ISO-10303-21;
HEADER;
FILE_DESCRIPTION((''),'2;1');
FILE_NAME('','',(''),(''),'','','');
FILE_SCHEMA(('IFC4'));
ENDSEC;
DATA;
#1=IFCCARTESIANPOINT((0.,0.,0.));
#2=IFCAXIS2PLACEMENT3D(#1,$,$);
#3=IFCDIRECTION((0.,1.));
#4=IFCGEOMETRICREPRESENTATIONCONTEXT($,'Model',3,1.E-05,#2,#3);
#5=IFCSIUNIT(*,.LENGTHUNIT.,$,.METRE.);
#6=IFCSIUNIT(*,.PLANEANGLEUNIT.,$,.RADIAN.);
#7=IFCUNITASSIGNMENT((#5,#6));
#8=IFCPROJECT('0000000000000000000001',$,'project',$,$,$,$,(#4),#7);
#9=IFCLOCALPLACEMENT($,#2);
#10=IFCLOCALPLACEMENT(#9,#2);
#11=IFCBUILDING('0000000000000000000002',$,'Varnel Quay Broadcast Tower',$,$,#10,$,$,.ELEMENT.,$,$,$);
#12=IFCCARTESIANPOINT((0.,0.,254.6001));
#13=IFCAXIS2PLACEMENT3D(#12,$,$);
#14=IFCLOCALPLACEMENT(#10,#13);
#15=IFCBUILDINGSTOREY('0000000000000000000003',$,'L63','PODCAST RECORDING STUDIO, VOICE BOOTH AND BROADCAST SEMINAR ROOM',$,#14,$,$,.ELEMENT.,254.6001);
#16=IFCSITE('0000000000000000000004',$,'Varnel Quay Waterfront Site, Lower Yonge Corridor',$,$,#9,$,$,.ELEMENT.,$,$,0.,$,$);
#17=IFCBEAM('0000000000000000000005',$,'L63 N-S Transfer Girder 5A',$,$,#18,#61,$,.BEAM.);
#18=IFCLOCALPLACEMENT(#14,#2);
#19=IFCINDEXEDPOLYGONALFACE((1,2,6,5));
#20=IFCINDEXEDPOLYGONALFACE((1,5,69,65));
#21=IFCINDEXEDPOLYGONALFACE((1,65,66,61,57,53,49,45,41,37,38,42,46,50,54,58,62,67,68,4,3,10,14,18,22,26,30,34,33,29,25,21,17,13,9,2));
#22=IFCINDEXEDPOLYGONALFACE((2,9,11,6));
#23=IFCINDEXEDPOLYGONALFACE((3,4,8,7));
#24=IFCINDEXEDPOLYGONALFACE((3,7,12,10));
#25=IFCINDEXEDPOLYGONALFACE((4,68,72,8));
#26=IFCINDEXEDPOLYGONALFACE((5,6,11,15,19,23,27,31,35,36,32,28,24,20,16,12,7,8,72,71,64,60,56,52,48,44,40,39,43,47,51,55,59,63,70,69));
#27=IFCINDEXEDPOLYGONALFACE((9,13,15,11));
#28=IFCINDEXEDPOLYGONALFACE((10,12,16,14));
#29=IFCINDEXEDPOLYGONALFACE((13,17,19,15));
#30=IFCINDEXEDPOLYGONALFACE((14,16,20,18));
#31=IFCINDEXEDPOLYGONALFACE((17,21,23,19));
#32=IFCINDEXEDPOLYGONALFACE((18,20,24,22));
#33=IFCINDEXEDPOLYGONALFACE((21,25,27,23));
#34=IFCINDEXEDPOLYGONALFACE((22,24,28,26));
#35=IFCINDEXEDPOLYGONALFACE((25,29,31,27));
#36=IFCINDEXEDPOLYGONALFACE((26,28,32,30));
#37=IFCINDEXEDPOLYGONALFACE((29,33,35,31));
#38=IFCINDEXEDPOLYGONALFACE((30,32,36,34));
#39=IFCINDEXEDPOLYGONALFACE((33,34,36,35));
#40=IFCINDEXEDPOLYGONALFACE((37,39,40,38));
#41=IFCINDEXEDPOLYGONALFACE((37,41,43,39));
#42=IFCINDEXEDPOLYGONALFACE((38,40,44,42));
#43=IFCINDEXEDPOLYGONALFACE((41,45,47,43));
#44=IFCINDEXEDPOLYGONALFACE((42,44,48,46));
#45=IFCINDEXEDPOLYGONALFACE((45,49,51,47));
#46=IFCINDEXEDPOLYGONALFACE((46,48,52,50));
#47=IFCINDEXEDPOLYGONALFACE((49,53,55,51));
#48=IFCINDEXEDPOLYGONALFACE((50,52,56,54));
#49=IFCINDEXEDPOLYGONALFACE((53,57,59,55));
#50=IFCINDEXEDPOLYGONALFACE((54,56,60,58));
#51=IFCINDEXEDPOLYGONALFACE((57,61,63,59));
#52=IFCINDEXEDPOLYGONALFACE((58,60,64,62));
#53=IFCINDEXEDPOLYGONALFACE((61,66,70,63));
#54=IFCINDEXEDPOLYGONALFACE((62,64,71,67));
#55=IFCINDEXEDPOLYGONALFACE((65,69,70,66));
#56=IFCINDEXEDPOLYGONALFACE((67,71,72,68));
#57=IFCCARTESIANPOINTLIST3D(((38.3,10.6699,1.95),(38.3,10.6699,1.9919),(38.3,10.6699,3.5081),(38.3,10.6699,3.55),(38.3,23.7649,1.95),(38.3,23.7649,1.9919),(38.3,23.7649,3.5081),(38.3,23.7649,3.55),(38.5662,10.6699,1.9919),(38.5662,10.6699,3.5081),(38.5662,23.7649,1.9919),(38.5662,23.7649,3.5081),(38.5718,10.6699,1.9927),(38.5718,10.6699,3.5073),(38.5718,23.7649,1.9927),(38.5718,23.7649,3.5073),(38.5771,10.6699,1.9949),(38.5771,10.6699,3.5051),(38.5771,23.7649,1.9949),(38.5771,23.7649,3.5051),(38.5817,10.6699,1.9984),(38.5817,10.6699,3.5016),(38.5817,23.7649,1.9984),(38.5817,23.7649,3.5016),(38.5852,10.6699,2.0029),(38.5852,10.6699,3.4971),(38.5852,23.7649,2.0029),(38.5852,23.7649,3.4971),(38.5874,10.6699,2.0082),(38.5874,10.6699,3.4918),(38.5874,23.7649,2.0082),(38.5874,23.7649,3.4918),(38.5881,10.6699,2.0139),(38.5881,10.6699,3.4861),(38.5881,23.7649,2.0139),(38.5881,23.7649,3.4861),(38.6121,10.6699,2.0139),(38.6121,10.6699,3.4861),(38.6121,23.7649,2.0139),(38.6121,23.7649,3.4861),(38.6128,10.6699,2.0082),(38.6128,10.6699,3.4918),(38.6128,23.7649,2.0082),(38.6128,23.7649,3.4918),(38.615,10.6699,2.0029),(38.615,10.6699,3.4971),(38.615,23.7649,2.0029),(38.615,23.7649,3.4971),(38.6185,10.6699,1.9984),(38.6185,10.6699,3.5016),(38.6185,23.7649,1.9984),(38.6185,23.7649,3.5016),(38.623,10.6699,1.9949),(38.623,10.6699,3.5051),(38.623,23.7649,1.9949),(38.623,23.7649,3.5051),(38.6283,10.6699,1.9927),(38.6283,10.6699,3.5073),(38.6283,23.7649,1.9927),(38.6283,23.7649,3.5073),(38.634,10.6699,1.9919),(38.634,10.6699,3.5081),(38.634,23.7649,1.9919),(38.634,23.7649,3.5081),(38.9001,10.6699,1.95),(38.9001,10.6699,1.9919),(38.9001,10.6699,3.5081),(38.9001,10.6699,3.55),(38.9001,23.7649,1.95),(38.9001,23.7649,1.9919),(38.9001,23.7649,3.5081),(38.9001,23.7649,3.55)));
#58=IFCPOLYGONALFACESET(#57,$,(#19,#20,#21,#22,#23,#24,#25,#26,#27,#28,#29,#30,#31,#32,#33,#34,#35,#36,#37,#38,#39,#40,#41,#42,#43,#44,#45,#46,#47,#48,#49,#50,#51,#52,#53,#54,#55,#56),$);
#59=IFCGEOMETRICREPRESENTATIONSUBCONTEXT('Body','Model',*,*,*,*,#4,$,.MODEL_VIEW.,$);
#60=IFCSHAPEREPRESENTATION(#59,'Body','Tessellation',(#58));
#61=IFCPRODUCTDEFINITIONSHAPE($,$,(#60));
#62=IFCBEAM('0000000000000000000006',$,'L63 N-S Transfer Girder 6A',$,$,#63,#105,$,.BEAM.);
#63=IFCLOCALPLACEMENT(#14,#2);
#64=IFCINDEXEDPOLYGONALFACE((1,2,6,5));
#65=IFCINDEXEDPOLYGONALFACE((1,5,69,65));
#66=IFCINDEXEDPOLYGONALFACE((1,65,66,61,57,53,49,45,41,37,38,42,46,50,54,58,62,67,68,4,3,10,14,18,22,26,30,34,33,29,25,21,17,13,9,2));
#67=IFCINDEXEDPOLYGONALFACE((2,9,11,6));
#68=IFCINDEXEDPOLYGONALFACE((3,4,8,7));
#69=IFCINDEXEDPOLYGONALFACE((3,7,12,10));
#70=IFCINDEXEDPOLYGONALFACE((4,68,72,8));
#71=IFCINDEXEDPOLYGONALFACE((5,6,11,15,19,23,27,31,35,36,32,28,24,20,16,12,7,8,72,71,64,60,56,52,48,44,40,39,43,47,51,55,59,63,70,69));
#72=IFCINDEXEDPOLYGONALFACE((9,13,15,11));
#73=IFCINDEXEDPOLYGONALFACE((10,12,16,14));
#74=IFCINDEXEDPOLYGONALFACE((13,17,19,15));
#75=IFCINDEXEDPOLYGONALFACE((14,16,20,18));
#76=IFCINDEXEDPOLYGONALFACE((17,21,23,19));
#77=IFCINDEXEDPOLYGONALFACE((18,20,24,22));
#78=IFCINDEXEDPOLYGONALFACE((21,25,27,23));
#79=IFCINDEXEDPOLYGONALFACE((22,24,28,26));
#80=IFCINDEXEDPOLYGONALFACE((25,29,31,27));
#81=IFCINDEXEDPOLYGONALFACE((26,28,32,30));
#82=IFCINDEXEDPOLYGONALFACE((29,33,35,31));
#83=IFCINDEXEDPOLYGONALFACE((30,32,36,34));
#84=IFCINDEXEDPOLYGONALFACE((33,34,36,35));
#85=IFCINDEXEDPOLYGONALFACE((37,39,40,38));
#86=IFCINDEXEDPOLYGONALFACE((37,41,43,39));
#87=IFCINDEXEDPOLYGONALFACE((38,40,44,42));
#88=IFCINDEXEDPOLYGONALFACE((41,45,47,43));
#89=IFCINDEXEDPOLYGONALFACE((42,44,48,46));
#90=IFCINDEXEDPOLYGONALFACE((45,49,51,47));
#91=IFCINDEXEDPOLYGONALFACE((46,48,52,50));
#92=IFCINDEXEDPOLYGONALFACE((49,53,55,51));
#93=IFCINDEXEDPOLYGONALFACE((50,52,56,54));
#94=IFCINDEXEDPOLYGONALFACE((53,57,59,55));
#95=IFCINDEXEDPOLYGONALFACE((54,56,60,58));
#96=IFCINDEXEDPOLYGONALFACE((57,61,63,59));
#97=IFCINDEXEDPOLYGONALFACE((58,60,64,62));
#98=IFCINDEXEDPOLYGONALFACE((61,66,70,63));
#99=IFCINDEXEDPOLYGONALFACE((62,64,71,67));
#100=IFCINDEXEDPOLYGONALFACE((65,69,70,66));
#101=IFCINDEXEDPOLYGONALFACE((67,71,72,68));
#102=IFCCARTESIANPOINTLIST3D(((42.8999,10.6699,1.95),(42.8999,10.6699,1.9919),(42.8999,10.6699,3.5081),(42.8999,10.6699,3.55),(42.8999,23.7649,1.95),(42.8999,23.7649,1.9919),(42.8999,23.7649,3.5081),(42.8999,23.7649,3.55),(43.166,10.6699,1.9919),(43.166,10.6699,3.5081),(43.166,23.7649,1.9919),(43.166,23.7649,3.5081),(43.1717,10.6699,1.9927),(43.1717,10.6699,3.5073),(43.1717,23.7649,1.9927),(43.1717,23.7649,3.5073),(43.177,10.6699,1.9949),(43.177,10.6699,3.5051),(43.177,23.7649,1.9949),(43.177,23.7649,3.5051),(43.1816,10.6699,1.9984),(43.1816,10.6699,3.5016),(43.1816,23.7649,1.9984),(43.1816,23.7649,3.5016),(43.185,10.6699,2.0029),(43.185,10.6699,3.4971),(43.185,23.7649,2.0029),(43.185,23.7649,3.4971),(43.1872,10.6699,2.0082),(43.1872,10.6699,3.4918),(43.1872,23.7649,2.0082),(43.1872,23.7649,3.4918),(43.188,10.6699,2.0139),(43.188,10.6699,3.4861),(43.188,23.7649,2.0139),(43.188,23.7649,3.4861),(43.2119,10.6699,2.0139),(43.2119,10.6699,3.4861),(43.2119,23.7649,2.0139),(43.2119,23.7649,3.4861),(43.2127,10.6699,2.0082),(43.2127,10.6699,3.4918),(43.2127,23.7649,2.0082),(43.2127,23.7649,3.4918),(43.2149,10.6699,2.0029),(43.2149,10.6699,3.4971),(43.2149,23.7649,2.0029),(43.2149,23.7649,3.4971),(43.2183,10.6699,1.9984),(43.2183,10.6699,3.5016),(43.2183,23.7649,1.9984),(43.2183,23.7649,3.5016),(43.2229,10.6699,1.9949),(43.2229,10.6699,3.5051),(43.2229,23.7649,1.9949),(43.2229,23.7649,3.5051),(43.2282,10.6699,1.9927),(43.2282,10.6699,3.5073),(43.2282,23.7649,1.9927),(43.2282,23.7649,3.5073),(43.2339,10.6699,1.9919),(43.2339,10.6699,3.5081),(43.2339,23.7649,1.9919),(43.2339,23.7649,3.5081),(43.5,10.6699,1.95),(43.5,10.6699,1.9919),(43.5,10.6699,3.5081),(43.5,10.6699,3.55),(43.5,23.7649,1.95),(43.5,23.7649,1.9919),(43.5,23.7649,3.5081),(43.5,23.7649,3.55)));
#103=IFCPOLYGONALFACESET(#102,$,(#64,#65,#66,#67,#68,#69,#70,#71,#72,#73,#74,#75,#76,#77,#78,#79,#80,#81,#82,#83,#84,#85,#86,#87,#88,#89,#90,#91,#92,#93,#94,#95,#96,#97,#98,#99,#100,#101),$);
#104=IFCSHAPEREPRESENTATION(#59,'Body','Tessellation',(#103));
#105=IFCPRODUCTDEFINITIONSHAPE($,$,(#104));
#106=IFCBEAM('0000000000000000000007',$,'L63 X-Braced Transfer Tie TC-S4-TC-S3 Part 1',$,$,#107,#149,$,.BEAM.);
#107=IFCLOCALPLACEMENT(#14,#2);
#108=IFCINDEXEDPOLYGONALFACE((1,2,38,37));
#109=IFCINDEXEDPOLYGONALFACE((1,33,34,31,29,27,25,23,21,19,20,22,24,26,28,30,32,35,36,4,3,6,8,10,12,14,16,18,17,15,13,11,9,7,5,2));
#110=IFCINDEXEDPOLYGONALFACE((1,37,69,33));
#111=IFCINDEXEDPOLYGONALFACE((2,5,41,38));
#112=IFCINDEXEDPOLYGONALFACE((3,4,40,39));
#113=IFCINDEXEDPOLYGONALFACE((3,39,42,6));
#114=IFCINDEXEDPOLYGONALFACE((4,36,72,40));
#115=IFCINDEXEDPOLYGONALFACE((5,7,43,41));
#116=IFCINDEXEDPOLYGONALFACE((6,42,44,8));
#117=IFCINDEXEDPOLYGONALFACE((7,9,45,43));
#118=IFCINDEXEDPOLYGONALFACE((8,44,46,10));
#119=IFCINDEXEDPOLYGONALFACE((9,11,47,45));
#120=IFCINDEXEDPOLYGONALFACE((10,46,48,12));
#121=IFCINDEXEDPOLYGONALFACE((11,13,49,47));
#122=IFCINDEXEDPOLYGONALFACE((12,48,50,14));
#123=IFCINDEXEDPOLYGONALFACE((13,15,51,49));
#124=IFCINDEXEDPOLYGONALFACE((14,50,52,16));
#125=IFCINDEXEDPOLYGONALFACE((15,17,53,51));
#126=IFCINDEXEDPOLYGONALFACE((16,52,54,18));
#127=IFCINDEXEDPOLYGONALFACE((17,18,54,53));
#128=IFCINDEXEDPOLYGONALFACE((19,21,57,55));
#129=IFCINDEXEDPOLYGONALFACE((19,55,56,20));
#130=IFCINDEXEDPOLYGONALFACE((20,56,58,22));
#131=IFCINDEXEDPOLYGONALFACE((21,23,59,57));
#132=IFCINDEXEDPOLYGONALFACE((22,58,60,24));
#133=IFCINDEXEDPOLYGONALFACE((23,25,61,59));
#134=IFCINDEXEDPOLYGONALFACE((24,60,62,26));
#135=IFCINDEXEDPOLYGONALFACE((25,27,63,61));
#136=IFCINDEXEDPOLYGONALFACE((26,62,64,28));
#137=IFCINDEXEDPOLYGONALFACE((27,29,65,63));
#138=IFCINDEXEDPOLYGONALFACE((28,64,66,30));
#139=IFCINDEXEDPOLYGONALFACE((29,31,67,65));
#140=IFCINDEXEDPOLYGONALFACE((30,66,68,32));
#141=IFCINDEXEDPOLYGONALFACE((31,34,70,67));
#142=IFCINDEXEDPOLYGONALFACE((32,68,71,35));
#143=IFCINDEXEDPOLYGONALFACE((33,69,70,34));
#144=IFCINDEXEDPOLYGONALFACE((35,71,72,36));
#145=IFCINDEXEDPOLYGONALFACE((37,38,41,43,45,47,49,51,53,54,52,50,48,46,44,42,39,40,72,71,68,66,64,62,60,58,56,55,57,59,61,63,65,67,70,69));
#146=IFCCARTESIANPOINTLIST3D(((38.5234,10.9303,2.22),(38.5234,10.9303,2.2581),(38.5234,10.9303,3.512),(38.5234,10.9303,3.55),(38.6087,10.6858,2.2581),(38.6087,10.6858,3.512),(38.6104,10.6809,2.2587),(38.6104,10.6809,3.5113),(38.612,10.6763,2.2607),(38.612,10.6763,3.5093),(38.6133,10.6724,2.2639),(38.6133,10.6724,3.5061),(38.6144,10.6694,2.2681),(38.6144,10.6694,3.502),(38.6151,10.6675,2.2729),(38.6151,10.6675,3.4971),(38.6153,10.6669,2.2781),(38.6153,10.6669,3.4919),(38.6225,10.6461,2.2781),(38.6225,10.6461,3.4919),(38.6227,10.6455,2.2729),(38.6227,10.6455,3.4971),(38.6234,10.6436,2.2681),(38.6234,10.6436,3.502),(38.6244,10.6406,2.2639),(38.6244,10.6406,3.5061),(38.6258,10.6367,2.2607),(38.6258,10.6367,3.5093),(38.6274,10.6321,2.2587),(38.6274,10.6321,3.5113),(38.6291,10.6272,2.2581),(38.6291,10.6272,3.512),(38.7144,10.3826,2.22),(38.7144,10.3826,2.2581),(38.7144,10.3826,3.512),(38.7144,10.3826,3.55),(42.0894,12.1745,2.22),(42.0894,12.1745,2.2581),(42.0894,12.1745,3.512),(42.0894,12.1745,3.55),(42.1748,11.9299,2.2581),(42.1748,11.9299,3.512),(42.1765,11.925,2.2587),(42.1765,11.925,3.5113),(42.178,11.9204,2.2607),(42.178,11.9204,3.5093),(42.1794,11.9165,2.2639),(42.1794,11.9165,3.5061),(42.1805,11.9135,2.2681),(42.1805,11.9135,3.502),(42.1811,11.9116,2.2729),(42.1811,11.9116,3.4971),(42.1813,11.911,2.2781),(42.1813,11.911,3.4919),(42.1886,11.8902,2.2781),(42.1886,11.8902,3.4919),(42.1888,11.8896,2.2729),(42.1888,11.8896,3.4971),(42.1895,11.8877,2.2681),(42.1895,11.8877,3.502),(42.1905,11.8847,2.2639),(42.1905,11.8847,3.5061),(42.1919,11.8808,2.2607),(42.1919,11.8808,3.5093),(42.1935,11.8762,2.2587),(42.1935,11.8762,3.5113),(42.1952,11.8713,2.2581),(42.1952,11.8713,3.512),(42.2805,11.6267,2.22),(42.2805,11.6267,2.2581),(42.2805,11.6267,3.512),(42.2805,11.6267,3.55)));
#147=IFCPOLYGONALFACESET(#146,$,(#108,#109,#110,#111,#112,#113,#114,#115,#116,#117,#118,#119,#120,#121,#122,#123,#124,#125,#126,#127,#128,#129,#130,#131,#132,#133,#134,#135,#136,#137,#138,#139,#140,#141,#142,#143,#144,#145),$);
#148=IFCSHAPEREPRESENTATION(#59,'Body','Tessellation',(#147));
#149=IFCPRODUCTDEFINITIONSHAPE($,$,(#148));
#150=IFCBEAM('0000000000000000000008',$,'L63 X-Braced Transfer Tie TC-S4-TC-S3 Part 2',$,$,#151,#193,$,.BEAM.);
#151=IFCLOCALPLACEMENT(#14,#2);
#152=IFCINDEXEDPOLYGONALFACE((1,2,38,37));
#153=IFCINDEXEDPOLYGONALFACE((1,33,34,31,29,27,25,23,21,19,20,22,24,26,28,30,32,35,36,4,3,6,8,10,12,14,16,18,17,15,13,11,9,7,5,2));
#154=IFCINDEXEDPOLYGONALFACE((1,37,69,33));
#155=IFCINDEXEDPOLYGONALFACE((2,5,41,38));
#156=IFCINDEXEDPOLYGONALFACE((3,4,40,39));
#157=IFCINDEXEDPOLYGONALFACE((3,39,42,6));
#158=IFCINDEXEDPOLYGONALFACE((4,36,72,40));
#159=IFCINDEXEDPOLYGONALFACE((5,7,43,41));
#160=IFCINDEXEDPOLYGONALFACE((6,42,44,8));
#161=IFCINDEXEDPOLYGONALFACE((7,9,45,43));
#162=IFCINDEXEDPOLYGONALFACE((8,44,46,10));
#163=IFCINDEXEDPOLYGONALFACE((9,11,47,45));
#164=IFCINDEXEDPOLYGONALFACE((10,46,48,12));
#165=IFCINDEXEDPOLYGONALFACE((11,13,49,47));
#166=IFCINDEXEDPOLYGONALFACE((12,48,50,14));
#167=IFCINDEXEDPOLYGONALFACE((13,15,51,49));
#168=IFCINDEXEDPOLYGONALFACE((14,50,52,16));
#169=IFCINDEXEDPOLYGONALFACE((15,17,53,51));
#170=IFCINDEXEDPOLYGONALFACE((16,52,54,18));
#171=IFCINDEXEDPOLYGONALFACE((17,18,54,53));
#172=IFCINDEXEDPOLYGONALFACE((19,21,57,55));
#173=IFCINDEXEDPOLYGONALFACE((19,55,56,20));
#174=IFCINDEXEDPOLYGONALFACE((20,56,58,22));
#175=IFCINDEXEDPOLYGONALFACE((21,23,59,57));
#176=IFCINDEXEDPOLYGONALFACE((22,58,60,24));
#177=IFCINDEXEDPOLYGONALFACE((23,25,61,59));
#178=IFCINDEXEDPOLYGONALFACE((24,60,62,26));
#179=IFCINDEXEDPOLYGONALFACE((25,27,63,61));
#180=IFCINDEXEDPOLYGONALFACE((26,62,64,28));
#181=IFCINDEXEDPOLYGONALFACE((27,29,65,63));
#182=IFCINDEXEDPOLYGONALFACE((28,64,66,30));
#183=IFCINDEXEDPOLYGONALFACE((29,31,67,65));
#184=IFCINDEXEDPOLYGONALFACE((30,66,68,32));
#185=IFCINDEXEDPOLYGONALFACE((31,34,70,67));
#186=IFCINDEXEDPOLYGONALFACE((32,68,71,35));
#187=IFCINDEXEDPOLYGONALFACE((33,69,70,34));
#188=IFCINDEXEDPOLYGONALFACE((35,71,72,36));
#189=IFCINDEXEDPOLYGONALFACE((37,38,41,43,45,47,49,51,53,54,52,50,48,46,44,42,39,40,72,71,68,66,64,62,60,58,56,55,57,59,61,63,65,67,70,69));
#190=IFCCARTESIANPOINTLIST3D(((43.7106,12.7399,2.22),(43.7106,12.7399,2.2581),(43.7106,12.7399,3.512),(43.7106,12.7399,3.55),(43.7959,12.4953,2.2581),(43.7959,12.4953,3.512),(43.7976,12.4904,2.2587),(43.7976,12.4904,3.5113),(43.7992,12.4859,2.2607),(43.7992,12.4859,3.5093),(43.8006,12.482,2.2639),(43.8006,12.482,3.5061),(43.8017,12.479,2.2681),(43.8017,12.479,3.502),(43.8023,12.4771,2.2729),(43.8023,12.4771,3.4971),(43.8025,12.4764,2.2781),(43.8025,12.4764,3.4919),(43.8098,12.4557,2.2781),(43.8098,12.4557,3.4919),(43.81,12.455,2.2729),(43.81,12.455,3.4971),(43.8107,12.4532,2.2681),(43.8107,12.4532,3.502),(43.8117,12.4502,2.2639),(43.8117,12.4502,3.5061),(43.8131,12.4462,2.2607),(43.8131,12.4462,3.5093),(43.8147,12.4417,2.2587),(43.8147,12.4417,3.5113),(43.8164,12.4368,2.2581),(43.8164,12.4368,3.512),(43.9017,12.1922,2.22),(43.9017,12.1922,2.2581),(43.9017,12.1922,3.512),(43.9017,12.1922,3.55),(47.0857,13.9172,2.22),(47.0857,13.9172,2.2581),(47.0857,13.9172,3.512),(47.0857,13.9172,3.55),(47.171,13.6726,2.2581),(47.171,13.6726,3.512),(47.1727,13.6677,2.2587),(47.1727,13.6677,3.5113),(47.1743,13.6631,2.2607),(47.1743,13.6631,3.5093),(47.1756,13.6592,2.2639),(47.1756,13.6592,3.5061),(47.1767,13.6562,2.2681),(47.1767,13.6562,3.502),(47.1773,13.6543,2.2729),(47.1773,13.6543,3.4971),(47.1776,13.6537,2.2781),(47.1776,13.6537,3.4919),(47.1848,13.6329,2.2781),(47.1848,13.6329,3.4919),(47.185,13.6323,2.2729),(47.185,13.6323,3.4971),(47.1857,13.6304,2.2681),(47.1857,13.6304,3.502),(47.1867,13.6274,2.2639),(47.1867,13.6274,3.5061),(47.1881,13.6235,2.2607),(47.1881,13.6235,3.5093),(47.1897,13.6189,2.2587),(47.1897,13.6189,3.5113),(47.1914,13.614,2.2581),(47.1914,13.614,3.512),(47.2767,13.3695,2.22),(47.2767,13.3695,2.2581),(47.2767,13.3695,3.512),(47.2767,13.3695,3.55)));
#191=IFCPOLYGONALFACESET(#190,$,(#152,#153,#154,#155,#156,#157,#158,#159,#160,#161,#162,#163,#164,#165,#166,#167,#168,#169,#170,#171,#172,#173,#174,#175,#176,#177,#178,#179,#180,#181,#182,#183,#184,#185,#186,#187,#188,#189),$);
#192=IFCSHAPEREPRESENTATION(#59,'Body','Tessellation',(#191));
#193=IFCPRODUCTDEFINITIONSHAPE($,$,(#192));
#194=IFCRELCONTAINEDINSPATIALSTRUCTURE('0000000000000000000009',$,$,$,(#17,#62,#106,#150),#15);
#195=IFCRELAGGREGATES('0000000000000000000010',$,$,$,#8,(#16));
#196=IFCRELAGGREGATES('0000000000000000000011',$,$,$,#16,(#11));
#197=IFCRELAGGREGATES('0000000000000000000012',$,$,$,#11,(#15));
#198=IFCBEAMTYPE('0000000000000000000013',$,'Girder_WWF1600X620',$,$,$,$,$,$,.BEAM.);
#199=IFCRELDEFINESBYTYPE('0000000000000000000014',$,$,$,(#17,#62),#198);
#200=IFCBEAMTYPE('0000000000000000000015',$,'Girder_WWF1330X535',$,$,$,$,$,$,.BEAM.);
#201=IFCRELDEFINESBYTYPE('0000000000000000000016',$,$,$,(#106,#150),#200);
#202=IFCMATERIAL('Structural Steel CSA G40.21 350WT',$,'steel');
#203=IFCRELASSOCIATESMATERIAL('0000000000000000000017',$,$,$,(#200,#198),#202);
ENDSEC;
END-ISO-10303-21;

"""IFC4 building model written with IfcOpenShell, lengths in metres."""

from ifc_helpers import new_model, si_unit, direction, frame, origin, origin_2d, place, context, subcontext, project, spatial, i_section, extrude, source, transform, mapped, material, material_profile, profile_set, type_object, type_shapes, element, save


model = new_model("IFC4")

# Units and contexts
model_context = context("Model", 3, precision=1e-05, world=origin(), true_north=direction((0.0, 1.0)))
body_context = subcontext(model_context, "Body", "Model", "MODEL_VIEW")
ifc_project = project(units=[si_unit("LENGTHUNIT", "METRE"), si_unit("PLANEANGLEUNIT", "RADIAN")], contexts=[model_context])

# Site, building, storey
site_placement = place(None, origin())
site = spatial("IfcSite", under=ifc_project, at=site_placement, Name="Varnel Quay Waterfront Site, Lower Yonge Corridor", CompositionType="ELEMENT", RefElevation=0.0)
building_placement = place(site_placement, origin())
building = spatial("IfcBuilding", under=site, at=building_placement, Name="Varnel Quay Broadcast Tower", CompositionType="ELEMENT")
storey_placement = place(building_placement, frame((0.0, 0.0, 254.6001)))
storey = spatial("IfcBuildingStorey", under=building, at=storey_placement, Name="L63", Description="PODCAST RECORDING STUDIO, VOICE BOOTH AND BROADCAST SEMINAR ROOM", CompositionType="ELEMENT", Elevation=254.6001)

# Beams
ifc_material_1 = material(Name="Structural Steel CSA G40.21 350WT", Category="steel")
ifc_material_profile_1 = material_profile(ifc_material_1, i_section(OverallWidth=0.5801, OverallDepth=1.3301, WebThickness=0.022, FlangeThickness=0.0381, FilletRadius=0.02, at=origin_2d()), Name="WWF1330X535")
ifc_profile_set_1 = profile_set([ifc_material_profile_1], Name="Structural Steel CSA G40.21 350WT")
beam_type_1 = type_object("IfcBeamType", Name="Girder_WWF1330X535", PredefinedType="BEAM", material=ifc_profile_set_1)
ifc_material_profile_2 = material_profile(ifc_material_1, i_section(OverallWidth=0.6001, OverallDepth=1.6001, WebThickness=0.0239, FlangeThickness=0.042, FilletRadius=0.022, at=origin_2d()), Name="WWF1600X620")
ifc_profile_set_2 = profile_set([ifc_material_profile_2], Name="Structural Steel CSA G40.21 350WT")
beam_type_2 = type_object("IfcBeamType", Name="Girder_WWF1600X620", PredefinedType="BEAM", material=ifc_profile_set_2)
shared_shape_1 = source(origin(), body_context, "Body", "SweptSolid", [
    extrude(i_section(OverallWidth=0.6001, OverallDepth=1.6001, WebThickness=0.0239, FlangeThickness=0.042, FilletRadius=0.022, at=origin_2d()), origin(), (0.0, 0.0, 1.0), 13.095),
])
type_shapes(beam_type_2, [shared_shape_1])
for number, where, z_axis, x_axis, name in (
    (1, (38.6001, 10.6699, 2.75), (0.0, 1.0, 0.0), (-1.0, 0.0, 0.0), "L63 N-S Transfer Girder 5A"),
    (2, (43.2, 10.6699, 2.75), (0.0, 1.0, 0.0), (-1.0, 0.0, 0.0), "L63 N-S Transfer Girder 6A"),
):
    element("IfcBeam", number, at=place(storey_placement, frame(where, z_axis=z_axis, x_axis=x_axis)), inside=storey, type_object=beam_type_2, Name=name, PredefinedType="BEAM", context=body_context, shape_type="MappedRepresentation", body=[
        mapped(shared_shape_1, transform((0.0, 0.0, 0.0), x_axis=(1.0, 0.0, 0.0), y_axis=(0.0, 1.0, 0.0), z_axis=(0.0, 0.0, 1.0), scale=1.0)),
    ])
shared_shape_2 = source(origin(), body_context, "Body", "SweptSolid", [
    extrude(i_section(OverallWidth=0.5801, OverallDepth=1.3301, WebThickness=0.022, FlangeThickness=0.0381, FilletRadius=0.02, at=origin_2d()), origin(), (0.0, 0.0, 1.0), 3.7769),
])
beam_1_placement = place(storey_placement, frame((38.6189, 10.6565, 2.885), z_axis=(0.944189, 0.329403, 0.0), x_axis=(-0.329403, 0.944189, 0.0)))
element("IfcBeam", 3, at=beam_1_placement, inside=storey, type_object=beam_type_1, Name="L63 X-Braced Transfer Tie TC-S4-TC-S3 Part 1", PredefinedType="BEAM", context=body_context, shape_type="MappedRepresentation", body=[
    mapped(shared_shape_2, transform((0.0, 0.0, 0.0), x_axis=(1.0, 0.0, 0.0), y_axis=(0.0, 1.0, 0.0), z_axis=(0.0, 0.0, 1.0), scale=1.0)),
])
shared_shape_3 = source(origin(), body_context, "Body", "SweptSolid", [
    extrude(i_section(OverallWidth=0.5801, OverallDepth=1.3301, WebThickness=0.022, FlangeThickness=0.0381, FilletRadius=0.02, at=origin_2d()), origin(), (0.0, 0.0, 1.0), 3.5745),
])
beam_2_placement = place(storey_placement, frame((43.8062, 12.4661, 2.885), z_axis=(0.944207, 0.329352, 0.0), x_axis=(-0.329352, 0.944207, 0.0)))
element("IfcBeam", 4, at=beam_2_placement, inside=storey, type_object=beam_type_1, Name="L63 X-Braced Transfer Tie TC-S4-TC-S3 Part 2", PredefinedType="BEAM", context=body_context, shape_type="MappedRepresentation", body=[
    mapped(shared_shape_3, transform((0.0, 0.0, 0.0), x_axis=(1.0, 0.0, 0.0), y_axis=(0.0, 1.0, 0.0), z_axis=(0.0, 0.0, 1.0), scale=1.0)),
])

save(model, "model.ifc")
